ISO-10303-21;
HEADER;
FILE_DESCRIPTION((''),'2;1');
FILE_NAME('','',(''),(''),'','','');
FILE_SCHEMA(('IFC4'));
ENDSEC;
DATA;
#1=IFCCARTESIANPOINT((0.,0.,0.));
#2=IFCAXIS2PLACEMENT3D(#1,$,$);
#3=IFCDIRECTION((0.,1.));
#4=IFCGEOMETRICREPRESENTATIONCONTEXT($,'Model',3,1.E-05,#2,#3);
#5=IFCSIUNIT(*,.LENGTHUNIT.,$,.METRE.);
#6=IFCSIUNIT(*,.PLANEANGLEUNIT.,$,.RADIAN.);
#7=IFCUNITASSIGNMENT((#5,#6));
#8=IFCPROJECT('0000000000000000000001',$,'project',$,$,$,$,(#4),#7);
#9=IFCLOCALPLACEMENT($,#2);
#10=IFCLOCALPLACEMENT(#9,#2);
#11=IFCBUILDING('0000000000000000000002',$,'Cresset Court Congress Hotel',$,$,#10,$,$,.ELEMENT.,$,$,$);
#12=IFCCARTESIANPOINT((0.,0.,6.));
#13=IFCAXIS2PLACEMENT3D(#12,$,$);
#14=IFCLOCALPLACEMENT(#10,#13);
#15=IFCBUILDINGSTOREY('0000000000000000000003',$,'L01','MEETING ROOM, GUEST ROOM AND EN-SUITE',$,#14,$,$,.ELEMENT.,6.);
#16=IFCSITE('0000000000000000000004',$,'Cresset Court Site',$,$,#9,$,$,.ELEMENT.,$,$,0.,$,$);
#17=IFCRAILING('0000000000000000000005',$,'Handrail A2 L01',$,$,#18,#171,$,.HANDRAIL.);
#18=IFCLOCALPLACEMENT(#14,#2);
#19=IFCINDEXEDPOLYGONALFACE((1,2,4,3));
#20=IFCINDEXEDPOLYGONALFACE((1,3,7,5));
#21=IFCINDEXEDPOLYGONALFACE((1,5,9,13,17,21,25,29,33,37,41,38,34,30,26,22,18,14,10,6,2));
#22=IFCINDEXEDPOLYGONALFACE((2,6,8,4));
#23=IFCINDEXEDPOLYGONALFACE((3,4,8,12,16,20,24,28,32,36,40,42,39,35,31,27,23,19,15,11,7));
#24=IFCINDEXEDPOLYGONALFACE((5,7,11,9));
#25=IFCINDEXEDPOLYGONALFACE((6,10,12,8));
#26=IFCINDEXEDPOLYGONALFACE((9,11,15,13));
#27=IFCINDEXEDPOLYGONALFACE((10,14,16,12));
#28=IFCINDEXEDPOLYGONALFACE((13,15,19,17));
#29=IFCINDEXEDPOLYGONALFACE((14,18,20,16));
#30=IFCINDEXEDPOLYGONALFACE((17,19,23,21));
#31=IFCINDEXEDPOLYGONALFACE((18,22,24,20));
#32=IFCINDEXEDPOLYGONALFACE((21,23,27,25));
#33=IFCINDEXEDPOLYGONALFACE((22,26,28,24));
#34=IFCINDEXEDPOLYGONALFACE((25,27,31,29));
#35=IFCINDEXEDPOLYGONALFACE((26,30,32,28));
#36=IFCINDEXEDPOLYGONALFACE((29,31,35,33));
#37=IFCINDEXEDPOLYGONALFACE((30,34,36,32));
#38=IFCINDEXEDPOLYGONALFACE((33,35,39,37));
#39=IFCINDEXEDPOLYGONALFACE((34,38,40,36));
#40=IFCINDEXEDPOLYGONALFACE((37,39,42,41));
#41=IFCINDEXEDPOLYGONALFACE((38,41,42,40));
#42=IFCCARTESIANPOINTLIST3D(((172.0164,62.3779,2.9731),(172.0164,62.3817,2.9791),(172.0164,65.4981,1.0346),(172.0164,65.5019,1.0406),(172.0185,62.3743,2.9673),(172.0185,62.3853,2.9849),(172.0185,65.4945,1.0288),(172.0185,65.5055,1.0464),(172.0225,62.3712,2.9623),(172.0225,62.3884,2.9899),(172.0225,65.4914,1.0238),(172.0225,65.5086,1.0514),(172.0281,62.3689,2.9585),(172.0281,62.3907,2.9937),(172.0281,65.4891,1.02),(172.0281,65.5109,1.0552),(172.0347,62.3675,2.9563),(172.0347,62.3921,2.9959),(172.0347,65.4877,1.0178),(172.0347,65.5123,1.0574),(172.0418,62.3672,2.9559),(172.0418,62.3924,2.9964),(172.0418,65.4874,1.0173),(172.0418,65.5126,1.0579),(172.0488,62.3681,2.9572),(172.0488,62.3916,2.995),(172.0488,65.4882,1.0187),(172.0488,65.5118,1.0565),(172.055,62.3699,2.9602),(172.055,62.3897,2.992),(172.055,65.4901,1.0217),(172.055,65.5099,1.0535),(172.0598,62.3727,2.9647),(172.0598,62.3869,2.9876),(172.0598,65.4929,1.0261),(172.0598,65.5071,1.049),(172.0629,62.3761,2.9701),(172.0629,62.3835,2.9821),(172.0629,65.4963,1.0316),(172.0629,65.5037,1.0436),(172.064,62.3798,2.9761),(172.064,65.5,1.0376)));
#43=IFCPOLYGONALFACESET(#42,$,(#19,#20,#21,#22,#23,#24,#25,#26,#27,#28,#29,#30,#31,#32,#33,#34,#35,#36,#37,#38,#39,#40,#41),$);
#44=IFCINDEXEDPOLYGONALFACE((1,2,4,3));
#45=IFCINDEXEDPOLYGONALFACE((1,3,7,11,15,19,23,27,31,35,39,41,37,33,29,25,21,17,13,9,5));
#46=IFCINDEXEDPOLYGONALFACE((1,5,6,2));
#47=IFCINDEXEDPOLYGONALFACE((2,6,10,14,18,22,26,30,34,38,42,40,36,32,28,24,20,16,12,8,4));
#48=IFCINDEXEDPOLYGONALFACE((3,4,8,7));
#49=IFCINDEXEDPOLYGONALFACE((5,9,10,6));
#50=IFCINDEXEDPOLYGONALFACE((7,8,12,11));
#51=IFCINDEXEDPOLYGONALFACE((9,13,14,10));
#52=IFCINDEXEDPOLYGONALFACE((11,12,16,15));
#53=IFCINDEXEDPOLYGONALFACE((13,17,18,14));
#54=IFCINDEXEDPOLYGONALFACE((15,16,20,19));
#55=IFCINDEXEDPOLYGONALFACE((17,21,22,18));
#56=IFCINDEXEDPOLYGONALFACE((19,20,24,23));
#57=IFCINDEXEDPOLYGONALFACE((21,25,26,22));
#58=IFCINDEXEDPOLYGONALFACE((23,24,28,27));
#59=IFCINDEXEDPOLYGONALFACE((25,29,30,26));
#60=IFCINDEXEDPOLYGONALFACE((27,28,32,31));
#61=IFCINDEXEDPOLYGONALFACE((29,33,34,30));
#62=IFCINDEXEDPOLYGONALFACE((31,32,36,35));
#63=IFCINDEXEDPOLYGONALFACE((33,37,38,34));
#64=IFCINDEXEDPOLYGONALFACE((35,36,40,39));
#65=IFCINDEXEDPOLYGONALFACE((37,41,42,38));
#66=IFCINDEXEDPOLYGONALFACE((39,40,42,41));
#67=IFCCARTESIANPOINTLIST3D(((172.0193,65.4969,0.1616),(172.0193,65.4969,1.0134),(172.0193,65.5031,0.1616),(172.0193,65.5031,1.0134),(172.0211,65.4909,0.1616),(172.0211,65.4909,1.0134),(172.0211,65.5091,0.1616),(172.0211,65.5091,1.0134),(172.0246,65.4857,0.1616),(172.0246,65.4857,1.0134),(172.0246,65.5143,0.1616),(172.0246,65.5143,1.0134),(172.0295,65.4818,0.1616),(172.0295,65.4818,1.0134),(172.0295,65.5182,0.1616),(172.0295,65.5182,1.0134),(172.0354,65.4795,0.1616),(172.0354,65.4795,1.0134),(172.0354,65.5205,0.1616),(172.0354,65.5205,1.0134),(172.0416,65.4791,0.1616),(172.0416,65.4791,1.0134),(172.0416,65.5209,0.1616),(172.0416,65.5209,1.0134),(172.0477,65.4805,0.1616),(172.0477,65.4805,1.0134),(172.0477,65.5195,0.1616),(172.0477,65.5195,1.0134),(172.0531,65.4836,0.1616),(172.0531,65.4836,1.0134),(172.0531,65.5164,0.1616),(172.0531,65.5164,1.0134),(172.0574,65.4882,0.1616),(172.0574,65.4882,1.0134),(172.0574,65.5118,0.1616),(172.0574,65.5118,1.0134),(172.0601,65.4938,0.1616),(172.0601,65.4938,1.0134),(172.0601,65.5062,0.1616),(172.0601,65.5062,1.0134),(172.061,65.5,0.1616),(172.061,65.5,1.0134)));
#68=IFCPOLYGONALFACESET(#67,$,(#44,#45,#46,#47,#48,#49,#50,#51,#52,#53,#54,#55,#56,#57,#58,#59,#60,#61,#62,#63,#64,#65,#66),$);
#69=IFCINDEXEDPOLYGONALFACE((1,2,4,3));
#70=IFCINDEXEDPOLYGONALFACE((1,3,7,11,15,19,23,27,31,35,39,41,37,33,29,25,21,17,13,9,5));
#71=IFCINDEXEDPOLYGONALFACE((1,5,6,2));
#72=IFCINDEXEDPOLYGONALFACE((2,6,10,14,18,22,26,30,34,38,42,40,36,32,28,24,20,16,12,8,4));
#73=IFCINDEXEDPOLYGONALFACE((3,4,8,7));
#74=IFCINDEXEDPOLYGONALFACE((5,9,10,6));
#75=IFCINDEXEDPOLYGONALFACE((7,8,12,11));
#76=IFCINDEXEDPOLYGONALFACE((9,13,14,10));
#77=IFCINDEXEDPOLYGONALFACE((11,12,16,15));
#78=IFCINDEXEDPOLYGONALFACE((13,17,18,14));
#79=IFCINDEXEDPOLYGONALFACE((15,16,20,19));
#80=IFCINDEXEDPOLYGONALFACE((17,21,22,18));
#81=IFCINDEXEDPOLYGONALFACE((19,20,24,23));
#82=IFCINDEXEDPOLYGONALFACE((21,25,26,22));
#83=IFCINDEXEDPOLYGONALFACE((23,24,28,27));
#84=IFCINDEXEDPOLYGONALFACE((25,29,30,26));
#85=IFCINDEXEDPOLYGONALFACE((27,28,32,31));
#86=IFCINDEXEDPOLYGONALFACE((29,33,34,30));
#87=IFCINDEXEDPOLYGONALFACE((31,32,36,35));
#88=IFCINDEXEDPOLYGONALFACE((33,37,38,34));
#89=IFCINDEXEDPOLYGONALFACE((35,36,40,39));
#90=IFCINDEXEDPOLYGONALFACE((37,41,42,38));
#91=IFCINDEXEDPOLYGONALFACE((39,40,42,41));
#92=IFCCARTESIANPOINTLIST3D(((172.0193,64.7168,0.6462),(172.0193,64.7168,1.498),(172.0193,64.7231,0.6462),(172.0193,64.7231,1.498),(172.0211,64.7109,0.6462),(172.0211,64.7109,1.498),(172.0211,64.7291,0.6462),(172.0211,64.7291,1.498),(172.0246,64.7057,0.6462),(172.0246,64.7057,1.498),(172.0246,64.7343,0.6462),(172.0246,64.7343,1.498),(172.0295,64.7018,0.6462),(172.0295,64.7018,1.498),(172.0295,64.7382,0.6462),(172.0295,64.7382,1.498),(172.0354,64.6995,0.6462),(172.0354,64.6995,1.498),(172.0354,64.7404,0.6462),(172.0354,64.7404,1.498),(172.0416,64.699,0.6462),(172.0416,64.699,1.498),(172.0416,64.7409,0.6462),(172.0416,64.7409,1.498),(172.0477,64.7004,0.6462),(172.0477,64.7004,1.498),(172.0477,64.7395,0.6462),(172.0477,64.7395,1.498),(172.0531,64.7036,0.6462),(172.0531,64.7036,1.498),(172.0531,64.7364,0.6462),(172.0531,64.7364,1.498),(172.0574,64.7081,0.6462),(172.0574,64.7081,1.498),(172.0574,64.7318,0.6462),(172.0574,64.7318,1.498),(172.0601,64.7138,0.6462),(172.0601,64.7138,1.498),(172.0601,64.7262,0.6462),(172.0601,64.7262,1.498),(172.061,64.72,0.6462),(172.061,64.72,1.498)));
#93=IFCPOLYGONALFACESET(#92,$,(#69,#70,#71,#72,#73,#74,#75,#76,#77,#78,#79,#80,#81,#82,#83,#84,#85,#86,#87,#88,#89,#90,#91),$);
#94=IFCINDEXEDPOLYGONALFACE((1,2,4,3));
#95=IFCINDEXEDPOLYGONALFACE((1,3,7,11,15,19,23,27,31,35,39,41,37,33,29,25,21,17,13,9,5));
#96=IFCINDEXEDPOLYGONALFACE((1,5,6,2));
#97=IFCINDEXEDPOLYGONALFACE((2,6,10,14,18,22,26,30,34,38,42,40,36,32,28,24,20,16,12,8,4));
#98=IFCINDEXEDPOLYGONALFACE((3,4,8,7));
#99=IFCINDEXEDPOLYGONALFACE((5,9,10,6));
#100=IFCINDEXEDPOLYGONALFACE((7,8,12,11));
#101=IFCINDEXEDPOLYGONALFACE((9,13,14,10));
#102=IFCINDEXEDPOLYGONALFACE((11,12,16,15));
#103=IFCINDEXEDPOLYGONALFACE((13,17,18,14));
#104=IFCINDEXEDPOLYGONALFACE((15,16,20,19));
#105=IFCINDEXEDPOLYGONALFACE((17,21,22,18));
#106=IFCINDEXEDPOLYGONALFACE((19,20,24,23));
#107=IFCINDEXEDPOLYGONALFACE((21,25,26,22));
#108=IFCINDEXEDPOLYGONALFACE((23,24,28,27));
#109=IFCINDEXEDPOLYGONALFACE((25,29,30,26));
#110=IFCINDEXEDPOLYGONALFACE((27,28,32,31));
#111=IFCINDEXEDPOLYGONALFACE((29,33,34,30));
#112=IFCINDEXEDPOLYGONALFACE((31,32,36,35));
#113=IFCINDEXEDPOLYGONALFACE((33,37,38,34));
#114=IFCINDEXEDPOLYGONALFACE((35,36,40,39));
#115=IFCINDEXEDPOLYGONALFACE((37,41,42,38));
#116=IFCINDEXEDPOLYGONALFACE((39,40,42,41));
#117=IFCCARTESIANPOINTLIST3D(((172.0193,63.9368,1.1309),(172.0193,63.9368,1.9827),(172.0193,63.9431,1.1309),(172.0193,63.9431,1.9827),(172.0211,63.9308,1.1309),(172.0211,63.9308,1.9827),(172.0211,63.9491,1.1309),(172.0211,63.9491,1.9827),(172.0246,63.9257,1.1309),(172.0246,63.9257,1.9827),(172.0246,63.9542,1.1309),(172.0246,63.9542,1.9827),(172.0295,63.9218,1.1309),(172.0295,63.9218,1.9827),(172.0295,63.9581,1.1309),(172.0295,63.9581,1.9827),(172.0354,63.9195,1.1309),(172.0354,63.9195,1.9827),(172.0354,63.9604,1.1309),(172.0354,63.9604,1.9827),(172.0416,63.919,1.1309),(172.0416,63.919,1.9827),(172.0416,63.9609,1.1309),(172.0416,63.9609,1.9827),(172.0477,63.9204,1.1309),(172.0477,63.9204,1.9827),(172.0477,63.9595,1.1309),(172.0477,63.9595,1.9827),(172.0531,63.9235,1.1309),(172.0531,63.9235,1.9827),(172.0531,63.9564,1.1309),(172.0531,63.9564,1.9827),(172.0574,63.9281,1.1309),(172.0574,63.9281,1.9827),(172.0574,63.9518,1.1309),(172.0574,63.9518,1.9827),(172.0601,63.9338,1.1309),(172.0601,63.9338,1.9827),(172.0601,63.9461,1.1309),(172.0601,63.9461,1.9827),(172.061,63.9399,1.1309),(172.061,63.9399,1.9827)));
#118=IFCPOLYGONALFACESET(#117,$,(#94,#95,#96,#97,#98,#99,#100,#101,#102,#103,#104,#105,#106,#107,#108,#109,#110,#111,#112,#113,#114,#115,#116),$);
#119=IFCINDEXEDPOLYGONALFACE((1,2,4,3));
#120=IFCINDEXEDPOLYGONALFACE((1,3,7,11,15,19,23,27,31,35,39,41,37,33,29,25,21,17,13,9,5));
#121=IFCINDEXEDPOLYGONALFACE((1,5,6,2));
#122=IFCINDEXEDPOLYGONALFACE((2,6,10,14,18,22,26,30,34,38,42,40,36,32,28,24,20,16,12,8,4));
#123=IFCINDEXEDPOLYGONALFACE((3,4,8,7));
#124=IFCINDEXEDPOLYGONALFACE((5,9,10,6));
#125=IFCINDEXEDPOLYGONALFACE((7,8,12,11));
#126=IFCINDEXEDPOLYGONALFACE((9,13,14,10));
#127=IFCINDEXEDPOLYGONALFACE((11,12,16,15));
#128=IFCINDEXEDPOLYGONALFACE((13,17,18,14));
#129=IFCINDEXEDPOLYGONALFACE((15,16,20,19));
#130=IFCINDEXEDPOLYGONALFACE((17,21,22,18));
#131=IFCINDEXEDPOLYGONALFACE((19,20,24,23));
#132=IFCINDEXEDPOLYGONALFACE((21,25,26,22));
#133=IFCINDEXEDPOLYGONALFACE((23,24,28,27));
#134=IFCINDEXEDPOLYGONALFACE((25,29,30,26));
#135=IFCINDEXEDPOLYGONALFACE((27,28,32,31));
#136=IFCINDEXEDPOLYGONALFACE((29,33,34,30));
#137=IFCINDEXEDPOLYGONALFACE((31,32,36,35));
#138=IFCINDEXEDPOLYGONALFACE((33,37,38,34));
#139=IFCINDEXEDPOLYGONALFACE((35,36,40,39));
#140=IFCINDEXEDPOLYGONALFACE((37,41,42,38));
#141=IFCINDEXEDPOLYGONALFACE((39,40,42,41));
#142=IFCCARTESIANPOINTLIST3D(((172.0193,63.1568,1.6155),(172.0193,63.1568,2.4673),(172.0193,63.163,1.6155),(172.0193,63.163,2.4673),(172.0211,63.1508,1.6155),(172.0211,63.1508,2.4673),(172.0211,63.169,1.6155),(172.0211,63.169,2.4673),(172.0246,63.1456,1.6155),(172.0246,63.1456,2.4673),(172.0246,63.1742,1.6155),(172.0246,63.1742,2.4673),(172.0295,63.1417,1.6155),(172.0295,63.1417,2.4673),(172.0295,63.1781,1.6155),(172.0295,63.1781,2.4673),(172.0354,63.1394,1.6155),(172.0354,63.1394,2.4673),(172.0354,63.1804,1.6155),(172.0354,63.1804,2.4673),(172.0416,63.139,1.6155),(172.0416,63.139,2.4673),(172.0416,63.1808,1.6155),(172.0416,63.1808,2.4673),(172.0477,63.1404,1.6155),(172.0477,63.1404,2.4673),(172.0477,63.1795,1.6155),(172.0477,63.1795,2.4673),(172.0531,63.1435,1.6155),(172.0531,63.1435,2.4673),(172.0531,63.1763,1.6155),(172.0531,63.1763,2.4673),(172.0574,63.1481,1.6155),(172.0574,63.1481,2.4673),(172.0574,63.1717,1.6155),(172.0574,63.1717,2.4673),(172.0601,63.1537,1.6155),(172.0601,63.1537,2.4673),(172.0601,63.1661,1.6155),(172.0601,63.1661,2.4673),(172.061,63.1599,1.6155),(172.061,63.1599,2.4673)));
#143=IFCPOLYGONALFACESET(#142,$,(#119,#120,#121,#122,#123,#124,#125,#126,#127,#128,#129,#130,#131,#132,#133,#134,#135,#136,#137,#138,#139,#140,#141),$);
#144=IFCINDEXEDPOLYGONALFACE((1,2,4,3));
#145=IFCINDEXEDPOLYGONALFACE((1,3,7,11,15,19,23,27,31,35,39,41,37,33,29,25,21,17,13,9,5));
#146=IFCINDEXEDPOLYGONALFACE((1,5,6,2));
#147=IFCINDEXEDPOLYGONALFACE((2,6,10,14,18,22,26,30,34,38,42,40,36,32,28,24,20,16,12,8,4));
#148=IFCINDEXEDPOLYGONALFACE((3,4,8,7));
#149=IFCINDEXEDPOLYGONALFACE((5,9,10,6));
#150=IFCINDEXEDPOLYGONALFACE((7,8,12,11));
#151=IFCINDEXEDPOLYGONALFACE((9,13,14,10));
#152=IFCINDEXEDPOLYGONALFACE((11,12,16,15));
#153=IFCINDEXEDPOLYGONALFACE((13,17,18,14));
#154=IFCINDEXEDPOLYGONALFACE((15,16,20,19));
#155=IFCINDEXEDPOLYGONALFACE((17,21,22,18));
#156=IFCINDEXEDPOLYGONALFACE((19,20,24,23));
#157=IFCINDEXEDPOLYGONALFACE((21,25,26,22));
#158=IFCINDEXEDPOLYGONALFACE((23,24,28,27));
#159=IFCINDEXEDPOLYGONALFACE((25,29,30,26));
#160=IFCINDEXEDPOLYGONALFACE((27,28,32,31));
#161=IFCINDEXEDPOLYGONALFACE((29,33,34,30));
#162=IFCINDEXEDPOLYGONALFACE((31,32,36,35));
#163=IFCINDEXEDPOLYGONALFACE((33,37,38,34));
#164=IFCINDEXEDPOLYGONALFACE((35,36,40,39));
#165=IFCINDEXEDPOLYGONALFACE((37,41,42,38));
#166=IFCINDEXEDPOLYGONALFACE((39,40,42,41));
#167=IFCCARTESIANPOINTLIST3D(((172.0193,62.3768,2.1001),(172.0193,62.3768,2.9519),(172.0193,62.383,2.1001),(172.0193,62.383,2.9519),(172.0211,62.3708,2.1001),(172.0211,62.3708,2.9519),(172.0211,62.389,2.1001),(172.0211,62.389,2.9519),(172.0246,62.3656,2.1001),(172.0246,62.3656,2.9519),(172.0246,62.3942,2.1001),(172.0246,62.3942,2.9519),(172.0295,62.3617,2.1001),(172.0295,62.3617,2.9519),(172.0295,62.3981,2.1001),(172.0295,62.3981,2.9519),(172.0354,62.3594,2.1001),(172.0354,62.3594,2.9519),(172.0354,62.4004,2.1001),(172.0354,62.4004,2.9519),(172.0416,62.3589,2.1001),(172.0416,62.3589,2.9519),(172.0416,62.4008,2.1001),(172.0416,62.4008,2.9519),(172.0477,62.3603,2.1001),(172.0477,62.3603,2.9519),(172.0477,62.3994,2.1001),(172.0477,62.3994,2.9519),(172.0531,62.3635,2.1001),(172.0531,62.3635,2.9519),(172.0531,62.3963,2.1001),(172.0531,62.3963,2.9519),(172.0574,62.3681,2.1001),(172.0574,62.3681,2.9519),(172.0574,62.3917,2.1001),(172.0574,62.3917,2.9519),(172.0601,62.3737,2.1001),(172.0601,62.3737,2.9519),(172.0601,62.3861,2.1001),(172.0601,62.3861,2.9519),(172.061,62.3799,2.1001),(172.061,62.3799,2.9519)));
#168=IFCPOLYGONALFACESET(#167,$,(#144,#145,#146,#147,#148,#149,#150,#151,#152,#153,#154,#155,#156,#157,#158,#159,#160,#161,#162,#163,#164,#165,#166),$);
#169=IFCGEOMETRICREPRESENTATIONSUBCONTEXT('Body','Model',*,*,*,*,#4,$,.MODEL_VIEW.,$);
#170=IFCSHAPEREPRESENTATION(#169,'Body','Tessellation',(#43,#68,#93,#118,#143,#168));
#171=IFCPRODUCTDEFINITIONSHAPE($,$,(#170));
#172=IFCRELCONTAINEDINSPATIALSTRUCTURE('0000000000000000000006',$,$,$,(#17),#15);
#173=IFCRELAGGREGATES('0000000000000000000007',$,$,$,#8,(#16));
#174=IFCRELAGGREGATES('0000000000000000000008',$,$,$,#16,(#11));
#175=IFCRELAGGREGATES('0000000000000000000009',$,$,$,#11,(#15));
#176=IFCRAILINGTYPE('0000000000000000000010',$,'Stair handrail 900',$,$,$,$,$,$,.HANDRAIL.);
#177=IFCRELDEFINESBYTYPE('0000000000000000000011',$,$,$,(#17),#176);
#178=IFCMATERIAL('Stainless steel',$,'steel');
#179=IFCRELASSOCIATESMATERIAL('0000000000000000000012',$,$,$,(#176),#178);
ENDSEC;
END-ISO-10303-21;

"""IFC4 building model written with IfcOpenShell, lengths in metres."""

from ifc_helpers import new_model, si_unit, direction, frame, origin, origin_2d, place, context, subcontext, project, spatial, circle, extrude, material, type_object, element, save


model = new_model("IFC4")

# Units and contexts
model_context = context("Model", 3, precision=1e-05, world=origin(), true_north=direction((0.0, 1.0)))
body_context = subcontext(model_context, "Body", "Model", "MODEL_VIEW")
ifc_project = project(units=[si_unit("LENGTHUNIT", "METRE"), si_unit("PLANEANGLEUNIT", "RADIAN")], contexts=[model_context])

# Site, building, storey
site_placement = place(None, origin())
site = spatial("IfcSite", under=ifc_project, at=site_placement, Name="Cresset Court Site", CompositionType="ELEMENT", RefElevation=0.0)
building_placement = place(site_placement, origin())
building = spatial("IfcBuilding", under=site, at=building_placement, Name="Cresset Court Congress Hotel", CompositionType="ELEMENT")
storey_placement = place(building_placement, frame((0.0, 0.0, 6.0)))
storey = spatial("IfcBuildingStorey", under=building, at=storey_placement, Name="L01", Description="MEETING ROOM, GUEST ROOM AND EN-SUITE", CompositionType="ELEMENT", Elevation=6.0)

# Railing
ifc_material_1 = material(Name="Stainless steel", Category="steel")
railing_type_1 = type_object("IfcRailingType", Name="Stair handrail 900", PredefinedType="HANDRAIL", material=ifc_material_1)
for number, where, name in (
    (1, (172.04, 65.5, 0.1616), "Handrail A2 L01"),
):
    element("IfcRailing", number, at=place(storey_placement, frame(where)), inside=storey, type_object=railing_type_1, Name=name, PredefinedType="HANDRAIL", context=body_context, shape_type="SweptSolid", body=[
        extrude(circle(Radius=0.0239, at=origin_2d()), frame((0.0, 0.0, 0.876), z_axis=(0.0, -0.849414, 0.527727), x_axis=(1.0, 0.0, 0.0)), (0.0, 0.0, 1.0), 3.6733),
        extrude(circle(Radius=0.021, at=origin_2d()), origin(), (0.0, 0.0, 1.0), 0.8518),
        extrude(circle(Radius=0.021, at=origin_2d()), frame((0.0, -0.78, 0.4846)), (0.0, 0.0, 1.0), 0.8518),
        extrude(circle(Radius=0.021, at=origin_2d()), frame((0.0, -1.5601, 0.9692)), (0.0, 0.0, 1.0), 0.8518),
        extrude(circle(Radius=0.021, at=origin_2d()), frame((0.0, -2.3401, 1.4539)), (0.0, 0.0, 1.0), 0.8518),
        extrude(circle(Radius=0.021, at=origin_2d()), frame((0.0, -3.1201, 1.9385)), (0.0, 0.0, 1.0), 0.8518),
    ])

save(model, "model.ifc")
